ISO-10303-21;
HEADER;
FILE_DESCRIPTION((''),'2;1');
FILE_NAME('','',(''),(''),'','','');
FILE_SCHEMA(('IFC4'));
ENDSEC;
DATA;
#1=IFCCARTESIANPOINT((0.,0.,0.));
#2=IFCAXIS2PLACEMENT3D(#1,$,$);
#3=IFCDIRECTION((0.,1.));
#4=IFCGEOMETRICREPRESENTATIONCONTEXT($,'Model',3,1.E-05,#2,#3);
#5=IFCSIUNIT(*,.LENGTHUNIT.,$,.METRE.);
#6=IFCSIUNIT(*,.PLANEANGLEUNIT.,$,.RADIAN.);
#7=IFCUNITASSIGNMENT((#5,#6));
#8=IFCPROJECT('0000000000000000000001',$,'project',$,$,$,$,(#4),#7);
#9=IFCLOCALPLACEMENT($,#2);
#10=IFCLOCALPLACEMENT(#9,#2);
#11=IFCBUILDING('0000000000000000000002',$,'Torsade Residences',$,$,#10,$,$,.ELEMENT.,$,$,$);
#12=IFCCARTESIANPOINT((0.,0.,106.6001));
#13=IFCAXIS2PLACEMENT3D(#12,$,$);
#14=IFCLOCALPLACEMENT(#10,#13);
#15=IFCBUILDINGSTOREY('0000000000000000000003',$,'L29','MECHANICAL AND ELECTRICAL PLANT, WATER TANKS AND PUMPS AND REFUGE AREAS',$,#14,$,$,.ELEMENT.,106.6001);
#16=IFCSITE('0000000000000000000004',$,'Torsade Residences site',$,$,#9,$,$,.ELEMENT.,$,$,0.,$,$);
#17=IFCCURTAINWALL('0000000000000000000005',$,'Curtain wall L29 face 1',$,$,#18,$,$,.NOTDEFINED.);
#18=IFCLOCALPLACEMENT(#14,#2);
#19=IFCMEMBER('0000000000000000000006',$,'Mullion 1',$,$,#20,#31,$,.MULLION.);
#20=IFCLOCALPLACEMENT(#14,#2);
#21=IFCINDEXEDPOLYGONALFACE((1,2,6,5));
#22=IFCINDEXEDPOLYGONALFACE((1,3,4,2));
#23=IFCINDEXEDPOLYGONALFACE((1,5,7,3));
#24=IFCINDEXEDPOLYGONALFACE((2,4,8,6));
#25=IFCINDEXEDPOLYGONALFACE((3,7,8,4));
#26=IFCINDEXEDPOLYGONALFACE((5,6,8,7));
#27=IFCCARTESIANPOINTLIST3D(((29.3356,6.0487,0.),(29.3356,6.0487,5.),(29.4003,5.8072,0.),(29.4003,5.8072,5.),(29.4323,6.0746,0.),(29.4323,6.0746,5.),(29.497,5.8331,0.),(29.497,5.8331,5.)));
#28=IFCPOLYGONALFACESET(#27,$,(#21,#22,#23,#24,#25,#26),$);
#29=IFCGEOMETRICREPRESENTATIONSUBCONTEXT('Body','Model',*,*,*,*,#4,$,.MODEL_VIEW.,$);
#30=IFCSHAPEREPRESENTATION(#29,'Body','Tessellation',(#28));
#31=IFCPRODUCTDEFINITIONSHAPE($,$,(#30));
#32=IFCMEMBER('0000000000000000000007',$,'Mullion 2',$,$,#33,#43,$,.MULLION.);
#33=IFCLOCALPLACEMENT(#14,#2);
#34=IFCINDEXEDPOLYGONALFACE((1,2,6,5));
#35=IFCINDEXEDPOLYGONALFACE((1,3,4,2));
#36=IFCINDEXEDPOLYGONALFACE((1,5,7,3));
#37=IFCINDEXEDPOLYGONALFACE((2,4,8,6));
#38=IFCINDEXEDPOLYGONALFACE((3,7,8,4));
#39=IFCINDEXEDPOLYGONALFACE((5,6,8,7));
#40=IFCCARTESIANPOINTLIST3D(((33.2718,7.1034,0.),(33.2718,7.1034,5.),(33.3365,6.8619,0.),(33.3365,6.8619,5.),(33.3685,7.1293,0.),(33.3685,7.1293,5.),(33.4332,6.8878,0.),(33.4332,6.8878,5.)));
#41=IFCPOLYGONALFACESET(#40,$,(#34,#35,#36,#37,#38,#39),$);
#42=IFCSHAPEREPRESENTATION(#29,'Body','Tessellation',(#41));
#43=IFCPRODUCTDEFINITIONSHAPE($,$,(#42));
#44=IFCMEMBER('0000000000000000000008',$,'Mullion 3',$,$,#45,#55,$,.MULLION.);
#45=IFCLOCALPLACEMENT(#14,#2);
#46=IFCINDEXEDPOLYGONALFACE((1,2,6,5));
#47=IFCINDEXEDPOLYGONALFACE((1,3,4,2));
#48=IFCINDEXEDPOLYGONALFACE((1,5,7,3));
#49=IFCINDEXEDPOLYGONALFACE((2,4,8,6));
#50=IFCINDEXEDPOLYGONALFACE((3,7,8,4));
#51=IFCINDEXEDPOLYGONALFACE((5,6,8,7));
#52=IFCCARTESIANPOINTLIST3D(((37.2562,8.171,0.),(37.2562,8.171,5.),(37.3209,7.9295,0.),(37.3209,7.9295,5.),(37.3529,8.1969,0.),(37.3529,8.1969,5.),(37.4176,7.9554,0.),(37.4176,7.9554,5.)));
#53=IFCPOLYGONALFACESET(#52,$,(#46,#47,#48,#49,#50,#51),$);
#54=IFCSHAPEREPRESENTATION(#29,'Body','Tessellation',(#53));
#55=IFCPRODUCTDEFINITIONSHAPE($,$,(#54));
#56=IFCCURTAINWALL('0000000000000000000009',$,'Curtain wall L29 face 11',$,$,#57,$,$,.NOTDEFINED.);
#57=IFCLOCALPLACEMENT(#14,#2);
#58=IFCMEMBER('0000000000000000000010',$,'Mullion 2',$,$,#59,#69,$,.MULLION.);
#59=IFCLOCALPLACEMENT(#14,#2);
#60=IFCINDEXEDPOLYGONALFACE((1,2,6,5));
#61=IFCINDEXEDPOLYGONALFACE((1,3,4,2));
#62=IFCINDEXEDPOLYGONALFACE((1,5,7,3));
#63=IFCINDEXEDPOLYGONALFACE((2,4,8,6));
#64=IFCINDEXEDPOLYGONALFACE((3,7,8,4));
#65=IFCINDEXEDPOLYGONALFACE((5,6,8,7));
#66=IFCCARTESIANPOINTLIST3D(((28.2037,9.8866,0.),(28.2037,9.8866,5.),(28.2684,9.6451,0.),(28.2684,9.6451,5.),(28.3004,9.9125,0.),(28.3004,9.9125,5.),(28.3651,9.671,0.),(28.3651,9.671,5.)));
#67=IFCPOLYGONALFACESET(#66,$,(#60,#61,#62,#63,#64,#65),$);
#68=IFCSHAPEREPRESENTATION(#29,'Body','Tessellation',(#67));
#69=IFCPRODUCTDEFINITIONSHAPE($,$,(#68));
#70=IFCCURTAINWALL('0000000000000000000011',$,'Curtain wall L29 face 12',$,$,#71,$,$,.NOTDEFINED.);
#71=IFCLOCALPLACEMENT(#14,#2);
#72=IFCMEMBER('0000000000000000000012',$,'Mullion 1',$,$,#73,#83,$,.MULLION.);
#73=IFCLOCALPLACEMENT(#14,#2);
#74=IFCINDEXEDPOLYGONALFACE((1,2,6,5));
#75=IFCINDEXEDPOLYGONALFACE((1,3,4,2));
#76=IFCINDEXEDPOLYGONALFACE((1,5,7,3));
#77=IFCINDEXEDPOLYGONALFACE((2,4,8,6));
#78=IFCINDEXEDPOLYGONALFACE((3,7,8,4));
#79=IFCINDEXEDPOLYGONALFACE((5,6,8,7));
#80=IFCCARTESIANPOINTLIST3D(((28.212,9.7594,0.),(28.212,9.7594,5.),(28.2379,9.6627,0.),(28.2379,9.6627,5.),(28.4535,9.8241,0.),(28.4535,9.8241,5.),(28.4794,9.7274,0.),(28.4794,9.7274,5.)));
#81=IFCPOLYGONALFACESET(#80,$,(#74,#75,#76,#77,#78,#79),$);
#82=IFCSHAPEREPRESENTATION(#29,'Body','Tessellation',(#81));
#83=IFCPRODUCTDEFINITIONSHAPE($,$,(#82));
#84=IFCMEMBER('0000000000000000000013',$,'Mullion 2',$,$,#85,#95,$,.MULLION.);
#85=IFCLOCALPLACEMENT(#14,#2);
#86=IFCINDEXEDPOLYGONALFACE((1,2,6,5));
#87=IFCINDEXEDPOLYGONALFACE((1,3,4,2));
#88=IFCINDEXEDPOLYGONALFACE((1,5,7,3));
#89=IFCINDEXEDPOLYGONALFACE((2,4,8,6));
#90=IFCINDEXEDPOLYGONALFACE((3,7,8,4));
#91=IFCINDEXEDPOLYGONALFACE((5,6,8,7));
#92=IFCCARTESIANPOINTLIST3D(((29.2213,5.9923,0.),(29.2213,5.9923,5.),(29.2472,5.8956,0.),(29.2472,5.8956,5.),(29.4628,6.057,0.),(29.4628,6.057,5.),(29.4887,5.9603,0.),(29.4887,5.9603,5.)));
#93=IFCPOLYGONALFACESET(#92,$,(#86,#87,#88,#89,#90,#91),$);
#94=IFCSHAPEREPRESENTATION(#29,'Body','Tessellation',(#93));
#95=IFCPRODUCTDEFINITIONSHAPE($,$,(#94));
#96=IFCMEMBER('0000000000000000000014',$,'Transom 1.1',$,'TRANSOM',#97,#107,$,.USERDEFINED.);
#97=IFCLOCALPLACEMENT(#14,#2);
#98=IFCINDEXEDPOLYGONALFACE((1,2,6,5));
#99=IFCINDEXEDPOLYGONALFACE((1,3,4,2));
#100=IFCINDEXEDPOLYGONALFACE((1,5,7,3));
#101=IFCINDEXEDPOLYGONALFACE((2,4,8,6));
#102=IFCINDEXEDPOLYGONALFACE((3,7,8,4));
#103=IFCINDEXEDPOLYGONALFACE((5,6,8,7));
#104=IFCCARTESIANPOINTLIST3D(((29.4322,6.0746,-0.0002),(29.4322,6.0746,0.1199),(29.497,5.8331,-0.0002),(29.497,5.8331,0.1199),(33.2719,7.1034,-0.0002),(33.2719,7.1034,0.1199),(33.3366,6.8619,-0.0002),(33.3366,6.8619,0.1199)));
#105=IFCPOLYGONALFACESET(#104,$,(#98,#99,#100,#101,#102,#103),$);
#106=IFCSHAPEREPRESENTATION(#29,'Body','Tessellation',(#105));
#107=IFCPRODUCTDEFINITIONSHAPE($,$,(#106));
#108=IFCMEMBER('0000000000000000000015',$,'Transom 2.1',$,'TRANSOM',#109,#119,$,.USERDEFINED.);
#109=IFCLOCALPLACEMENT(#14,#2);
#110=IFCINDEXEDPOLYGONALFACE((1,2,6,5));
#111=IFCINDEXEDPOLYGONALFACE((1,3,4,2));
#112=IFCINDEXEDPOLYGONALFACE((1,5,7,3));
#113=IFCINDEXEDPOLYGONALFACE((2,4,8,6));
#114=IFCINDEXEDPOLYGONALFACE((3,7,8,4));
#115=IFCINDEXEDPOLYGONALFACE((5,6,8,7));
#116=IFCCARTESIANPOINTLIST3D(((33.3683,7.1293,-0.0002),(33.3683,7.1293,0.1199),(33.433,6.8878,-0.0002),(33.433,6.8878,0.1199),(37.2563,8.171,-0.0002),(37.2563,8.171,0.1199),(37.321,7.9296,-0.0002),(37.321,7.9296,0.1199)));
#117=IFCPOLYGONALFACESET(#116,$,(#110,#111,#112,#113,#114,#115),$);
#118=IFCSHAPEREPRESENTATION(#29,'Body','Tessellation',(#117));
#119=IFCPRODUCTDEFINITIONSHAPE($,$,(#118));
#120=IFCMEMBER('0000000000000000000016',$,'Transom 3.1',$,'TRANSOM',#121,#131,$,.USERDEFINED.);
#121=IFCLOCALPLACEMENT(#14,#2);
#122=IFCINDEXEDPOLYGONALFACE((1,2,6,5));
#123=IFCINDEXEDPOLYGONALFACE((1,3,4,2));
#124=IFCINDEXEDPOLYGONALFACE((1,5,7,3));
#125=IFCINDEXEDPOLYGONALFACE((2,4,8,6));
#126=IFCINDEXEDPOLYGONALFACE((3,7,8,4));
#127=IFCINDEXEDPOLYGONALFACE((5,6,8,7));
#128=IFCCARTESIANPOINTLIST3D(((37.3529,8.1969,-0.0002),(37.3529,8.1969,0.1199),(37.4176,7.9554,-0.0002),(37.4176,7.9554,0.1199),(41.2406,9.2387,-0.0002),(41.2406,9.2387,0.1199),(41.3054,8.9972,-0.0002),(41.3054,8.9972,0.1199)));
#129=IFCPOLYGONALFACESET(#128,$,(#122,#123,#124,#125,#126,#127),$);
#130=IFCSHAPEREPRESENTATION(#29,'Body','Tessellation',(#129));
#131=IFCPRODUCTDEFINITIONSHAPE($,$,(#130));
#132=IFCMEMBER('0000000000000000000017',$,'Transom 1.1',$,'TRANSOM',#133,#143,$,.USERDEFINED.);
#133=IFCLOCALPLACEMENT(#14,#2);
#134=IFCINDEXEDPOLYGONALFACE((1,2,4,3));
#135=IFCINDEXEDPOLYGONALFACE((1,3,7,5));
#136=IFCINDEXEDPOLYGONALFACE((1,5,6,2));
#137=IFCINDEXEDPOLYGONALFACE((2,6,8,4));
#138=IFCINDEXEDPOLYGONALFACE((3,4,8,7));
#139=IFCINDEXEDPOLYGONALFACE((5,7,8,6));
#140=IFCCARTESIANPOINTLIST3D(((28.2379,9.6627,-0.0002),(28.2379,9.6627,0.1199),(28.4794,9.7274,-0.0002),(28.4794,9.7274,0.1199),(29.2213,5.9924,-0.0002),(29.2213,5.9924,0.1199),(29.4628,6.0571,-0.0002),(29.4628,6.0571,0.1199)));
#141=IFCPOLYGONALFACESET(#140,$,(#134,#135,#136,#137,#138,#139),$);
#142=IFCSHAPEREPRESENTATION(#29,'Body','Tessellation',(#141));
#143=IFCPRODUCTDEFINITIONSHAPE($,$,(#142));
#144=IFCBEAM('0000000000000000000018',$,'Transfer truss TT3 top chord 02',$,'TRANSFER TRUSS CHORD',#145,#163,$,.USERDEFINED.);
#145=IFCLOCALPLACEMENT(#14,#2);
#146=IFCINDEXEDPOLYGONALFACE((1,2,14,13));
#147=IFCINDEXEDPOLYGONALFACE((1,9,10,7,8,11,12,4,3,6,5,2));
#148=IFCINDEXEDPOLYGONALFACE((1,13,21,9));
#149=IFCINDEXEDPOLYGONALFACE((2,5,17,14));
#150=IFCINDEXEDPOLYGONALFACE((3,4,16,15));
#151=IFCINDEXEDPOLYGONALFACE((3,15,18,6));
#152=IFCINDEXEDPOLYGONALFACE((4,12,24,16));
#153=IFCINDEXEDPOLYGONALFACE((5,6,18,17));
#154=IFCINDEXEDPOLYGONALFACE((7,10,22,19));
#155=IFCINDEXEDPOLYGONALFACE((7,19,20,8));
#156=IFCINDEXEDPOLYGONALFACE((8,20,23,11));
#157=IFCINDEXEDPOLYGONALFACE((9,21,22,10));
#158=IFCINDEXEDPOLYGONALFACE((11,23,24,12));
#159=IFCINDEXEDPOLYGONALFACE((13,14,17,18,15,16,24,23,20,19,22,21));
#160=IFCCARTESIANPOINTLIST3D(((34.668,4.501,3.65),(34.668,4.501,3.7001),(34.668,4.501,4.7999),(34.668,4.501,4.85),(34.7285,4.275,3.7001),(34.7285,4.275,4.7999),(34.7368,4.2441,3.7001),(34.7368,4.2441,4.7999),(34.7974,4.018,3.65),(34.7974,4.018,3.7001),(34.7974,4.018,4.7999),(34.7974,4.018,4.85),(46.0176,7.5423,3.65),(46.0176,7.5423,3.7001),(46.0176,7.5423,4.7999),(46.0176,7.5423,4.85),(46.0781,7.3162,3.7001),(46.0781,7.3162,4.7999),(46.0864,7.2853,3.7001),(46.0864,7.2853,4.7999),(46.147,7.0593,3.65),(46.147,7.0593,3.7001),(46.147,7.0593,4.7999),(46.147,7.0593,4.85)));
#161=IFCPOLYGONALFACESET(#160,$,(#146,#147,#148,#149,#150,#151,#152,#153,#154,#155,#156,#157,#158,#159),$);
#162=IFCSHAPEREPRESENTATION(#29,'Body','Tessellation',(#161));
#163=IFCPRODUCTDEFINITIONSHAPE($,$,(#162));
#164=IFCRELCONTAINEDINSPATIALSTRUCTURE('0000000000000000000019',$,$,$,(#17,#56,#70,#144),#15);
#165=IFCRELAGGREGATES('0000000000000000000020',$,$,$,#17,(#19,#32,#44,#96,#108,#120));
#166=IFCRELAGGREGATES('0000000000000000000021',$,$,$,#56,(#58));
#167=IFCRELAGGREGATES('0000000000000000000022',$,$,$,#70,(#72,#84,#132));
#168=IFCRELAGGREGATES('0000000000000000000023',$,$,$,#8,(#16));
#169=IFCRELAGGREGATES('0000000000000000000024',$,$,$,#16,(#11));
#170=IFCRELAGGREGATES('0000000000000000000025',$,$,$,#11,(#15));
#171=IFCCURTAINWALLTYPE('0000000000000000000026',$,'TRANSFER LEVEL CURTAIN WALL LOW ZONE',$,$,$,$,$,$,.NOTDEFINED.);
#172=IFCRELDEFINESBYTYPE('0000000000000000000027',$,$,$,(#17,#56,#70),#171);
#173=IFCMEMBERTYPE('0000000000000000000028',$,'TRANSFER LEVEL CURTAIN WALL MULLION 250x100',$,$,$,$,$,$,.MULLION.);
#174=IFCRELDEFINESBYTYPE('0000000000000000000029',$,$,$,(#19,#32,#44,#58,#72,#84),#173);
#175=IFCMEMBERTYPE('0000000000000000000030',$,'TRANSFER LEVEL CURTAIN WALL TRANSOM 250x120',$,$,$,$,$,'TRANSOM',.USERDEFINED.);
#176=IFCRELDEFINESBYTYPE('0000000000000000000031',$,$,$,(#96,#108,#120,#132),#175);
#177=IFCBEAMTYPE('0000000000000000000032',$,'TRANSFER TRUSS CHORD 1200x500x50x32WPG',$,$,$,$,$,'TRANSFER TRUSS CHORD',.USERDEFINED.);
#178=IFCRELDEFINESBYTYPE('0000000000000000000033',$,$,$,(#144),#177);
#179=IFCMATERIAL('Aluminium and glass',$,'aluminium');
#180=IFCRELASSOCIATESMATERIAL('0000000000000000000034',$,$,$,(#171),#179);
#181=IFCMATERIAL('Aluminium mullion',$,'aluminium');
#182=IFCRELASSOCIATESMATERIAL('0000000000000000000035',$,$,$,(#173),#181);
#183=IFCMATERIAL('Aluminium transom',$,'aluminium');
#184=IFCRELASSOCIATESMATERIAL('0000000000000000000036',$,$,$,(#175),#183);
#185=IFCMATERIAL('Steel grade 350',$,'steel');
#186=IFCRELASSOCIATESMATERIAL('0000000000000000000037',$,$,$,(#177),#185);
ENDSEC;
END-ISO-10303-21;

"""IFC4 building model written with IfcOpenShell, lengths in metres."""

from ifc_helpers import new_model, si_unit, direction, frame, origin, origin_2d, place, context, subcontext, project, spatial, rectangle, i_section, extrude, material, material_profile, profile_set, type_object, element, aggregate, save


model = new_model("IFC4")

# Units and contexts
model_context = context("Model", 3, precision=1e-05, world=origin(), true_north=direction((0.0, 1.0)))
body_context = subcontext(model_context, "Body", "Model", "MODEL_VIEW")
ifc_project = project(units=[si_unit("LENGTHUNIT", "METRE"), si_unit("PLANEANGLEUNIT", "RADIAN")], contexts=[model_context])

# Site, building, storey
site_placement = place(None, origin())
site = spatial("IfcSite", under=ifc_project, at=site_placement, Name="Torsade Residences site", CompositionType="ELEMENT", RefElevation=0.0)
building_placement = place(site_placement, origin())
building = spatial("IfcBuilding", under=site, at=building_placement, Name="Torsade Residences", CompositionType="ELEMENT")
storey_placement = place(building_placement, frame((0.0, 0.0, 106.6001)))
storey = spatial("IfcBuildingStorey", under=building, at=storey_placement, Name="L29", Description="MECHANICAL AND ELECTRICAL PLANT, WATER TANKS AND PUMPS AND REFUGE AREAS", CompositionType="ELEMENT", Elevation=106.6001)

# Curtain wall, members
ifc_material_1 = material(Name="Aluminium and glass", Category="aluminium")
curtain_wall_type = type_object("IfcCurtainWallType", Name="TRANSFER LEVEL CURTAIN WALL LOW ZONE", PredefinedType="NOTDEFINED", material=ifc_material_1)
curtain_wall_1_placement = place(storey_placement, origin())
curtain_wall_1 = element("IfcCurtainWall", 1, at=curtain_wall_1_placement, inside=storey, type_object=curtain_wall_type, Name="Curtain wall L29 face 1", PredefinedType="NOTDEFINED")
ifc_material_2 = material(Name="Aluminium mullion", Category="aluminium")
ifc_material_profile_1 = material_profile(ifc_material_2, rectangle(XDim=0.25, YDim=0.1001, at=origin_2d()), Name="TRANSFER LEVEL CURTAIN WALL MULLION 250x100")
ifc_profile_set_1 = profile_set([ifc_material_profile_1], Name="Aluminium mullion")
member_type_1 = type_object("IfcMemberType", Name="TRANSFER LEVEL CURTAIN WALL MULLION 250x100", PredefinedType="MULLION", material=ifc_profile_set_1)
member_1_placement = place(storey_placement, frame((29.4163, 5.9409, 0.0), z_axis=(0.0, 0.0, 1.0), x_axis=(-0.258819, 0.965926, 0.0)))
member_1 = element("IfcMember", 2, at=member_1_placement, type_object=member_type_1, Name="Mullion 1", PredefinedType="MULLION", context=body_context, shape_type="SweptSolid", body=[
    extrude(rectangle(XDim=0.25, YDim=0.1001, at=origin_2d()), origin(), (0.0, 0.0, 1.0), 5.0),
])
member_2_placement = place(storey_placement, frame((33.3525, 6.9956, 0.0), z_axis=(0.0, 0.0, 1.0), x_axis=(-0.258819, 0.965926, 0.0)))
member_2 = element("IfcMember", 3, at=member_2_placement, type_object=member_type_1, Name="Mullion 2", PredefinedType="MULLION", context=body_context, shape_type="SweptSolid", body=[
    extrude(rectangle(XDim=0.25, YDim=0.1001, at=origin_2d()), origin(), (0.0, 0.0, 1.0), 5.0),
])
member_3_placement = place(storey_placement, frame((37.3369, 8.0632, 0.0), z_axis=(0.0, 0.0, 1.0), x_axis=(-0.258819, 0.965926, 0.0)))
member_3 = element("IfcMember", 4, at=member_3_placement, type_object=member_type_1, Name="Mullion 3", PredefinedType="MULLION", context=body_context, shape_type="SweptSolid", body=[
    extrude(rectangle(XDim=0.25, YDim=0.1001, at=origin_2d()), origin(), (0.0, 0.0, 1.0), 5.0),
])

# Curtain wall, member
curtain_wall_2_placement = place(storey_placement, origin())
curtain_wall_2 = element("IfcCurtainWall", 5, at=curtain_wall_2_placement, inside=storey, type_object=curtain_wall_type, Name="Curtain wall L29 face 11", PredefinedType="NOTDEFINED")
member_4_placement = place(storey_placement, frame((28.2844, 9.7788, 0.0), z_axis=(0.0, 0.0, 1.0), x_axis=(-0.258819, 0.965926, 0.0)))
member_4 = element("IfcMember", 6, at=member_4_placement, type_object=member_type_1, Name="Mullion 2", PredefinedType="MULLION", context=body_context, shape_type="SweptSolid", body=[
    extrude(rectangle(XDim=0.25, YDim=0.1001, at=origin_2d()), origin(), (0.0, 0.0, 1.0), 5.0),
])

# Curtain wall, members
curtain_wall_3_placement = place(storey_placement, origin())
curtain_wall_3 = element("IfcCurtainWall", 7, at=curtain_wall_3_placement, inside=storey, type_object=curtain_wall_type, Name="Curtain wall L29 face 12", PredefinedType="NOTDEFINED")
member_5_placement = place(storey_placement, frame((28.3457, 9.7434, 0.0), z_axis=(0.0, 0.0, 1.0), x_axis=(0.965926, 0.258819, 0.0)))
member_5 = element("IfcMember", 8, at=member_5_placement, type_object=member_type_1, Name="Mullion 1", PredefinedType="MULLION", context=body_context, shape_type="SweptSolid", body=[
    extrude(rectangle(XDim=0.25, YDim=0.1001, at=origin_2d()), origin(), (0.0, 0.0, 1.0), 5.0),
])
member_6_placement = place(storey_placement, frame((29.355, 5.9763, 0.0), z_axis=(0.0, 0.0, 1.0), x_axis=(0.965926, 0.258819, 0.0)))
member_6 = element("IfcMember", 9, at=member_6_placement, type_object=member_type_1, Name="Mullion 2", PredefinedType="MULLION", context=body_context, shape_type="SweptSolid", body=[
    extrude(rectangle(XDim=0.25, YDim=0.1001, at=origin_2d()), origin(), (0.0, 0.0, 1.0), 5.0),
])

# Members
ifc_material_3 = material(Name="Aluminium transom", Category="aluminium")
ifc_material_profile_2 = material_profile(ifc_material_3, rectangle(XDim=0.25, YDim=0.1201, at=origin_2d()), Name="TRANSFER LEVEL CURTAIN WALL TRANSOM 250x120")
ifc_profile_set_2 = profile_set([ifc_material_profile_2], Name="Aluminium transom")
member_type_2 = type_object("IfcMemberType", Name="TRANSFER LEVEL CURTAIN WALL TRANSOM 250x120", ElementType="TRANSOM", PredefinedType="USERDEFINED", material=ifc_profile_set_2)
member_7_placement = place(storey_placement, frame((29.4646, 5.9539, 0.0598), z_axis=(0.965926, 0.258817, 0.0), x_axis=(-0.258817, 0.965926, 0.0)))
member_7 = element("IfcMember", 10, at=member_7_placement, type_object=member_type_2, Name="Transom 1.1", ObjectType="TRANSOM", PredefinedType="USERDEFINED", context=body_context, shape_type="SweptSolid", body=[
    extrude(rectangle(XDim=0.25, YDim=0.1201, at=origin_2d()), origin(), (0.0, 0.0, 1.0), 3.9751),
])
member_8_placement = place(storey_placement, frame((33.4006, 7.0085, 0.0598), z_axis=(0.965927, 0.258814, 0.0), x_axis=(-0.258814, 0.965927, 0.0)))
member_8 = element("IfcMember", 11, at=member_8_placement, type_object=member_type_2, Name="Transom 2.1", ObjectType="TRANSOM", PredefinedType="USERDEFINED", context=body_context, shape_type="SweptSolid", body=[
    extrude(rectangle(XDim=0.25, YDim=0.1201, at=origin_2d()), origin(), (0.0, 0.0, 1.0), 4.0251),
])
member_9_placement = place(storey_placement, frame((37.3853, 8.0762, 0.0598), z_axis=(0.965923, 0.258829, 0.0), x_axis=(-0.258829, 0.965923, 0.0)))
member_9 = element("IfcMember", 12, at=member_9_placement, type_object=member_type_2, Name="Transom 3.1", ObjectType="TRANSOM", PredefinedType="USERDEFINED", context=body_context, shape_type="SweptSolid", body=[
    extrude(rectangle(XDim=0.25, YDim=0.1201, at=origin_2d()), origin(), (0.0, 0.0, 1.0), 4.0249),
])
member_10_placement = place(storey_placement, frame((28.3586, 9.6951, 0.0598), z_axis=(0.258798, -0.965931, 0.0), x_axis=(0.965931, 0.258798, 0.0)))
member_10 = element("IfcMember", 13, at=member_10_placement, type_object=member_type_2, Name="Transom 1.1", ObjectType="TRANSOM", PredefinedType="USERDEFINED", context=body_context, shape_type="SweptSolid", body=[
    extrude(rectangle(XDim=0.25, YDim=0.1201, at=origin_2d()), origin(), (0.0, 0.0, 1.0), 3.7998),
])

# Beam
ifc_material_4 = material(Name="Steel grade 350", Category="steel")
ifc_material_profile_3 = material_profile(ifc_material_4, i_section(OverallWidth=0.5, OverallDepth=1.2, WebThickness=0.032, FlangeThickness=0.05, at=origin_2d()), Name="1200x500x50x32WPG")
ifc_profile_set_3 = profile_set([ifc_material_profile_3], Name="Steel grade 350")
beam_type_1 = type_object("IfcBeamType", Name="TRANSFER TRUSS CHORD 1200x500x50x32WPG", ElementType="TRANSFER TRUSS CHORD", PredefinedType="USERDEFINED", material=ifc_profile_set_3)
beam_1_placement = place(storey_placement, frame((34.7327, 4.2595, 4.25), z_axis=(0.965923, 0.25883, 0.0), x_axis=(-0.25883, 0.965923, 0.0)))
element("IfcBeam", 14, at=beam_1_placement, inside=storey, type_object=beam_type_1, Name="Transfer truss TT3 top chord 02", ObjectType="TRANSFER TRUSS CHORD", PredefinedType="USERDEFINED", context=body_context, shape_type="SweptSolid", body=[
    extrude(i_section(OverallWidth=0.5, OverallDepth=1.2, WebThickness=0.032, FlangeThickness=0.05, at=origin_2d()), origin(), (0.0, 0.0, 1.0), 11.75),
])

aggregate(curtain_wall_1, [member_1, member_2, member_3, member_7, member_8, member_9])
aggregate(curtain_wall_2, [member_4])
aggregate(curtain_wall_3, [member_5, member_6, member_10])

save(model, "model.ifc")
